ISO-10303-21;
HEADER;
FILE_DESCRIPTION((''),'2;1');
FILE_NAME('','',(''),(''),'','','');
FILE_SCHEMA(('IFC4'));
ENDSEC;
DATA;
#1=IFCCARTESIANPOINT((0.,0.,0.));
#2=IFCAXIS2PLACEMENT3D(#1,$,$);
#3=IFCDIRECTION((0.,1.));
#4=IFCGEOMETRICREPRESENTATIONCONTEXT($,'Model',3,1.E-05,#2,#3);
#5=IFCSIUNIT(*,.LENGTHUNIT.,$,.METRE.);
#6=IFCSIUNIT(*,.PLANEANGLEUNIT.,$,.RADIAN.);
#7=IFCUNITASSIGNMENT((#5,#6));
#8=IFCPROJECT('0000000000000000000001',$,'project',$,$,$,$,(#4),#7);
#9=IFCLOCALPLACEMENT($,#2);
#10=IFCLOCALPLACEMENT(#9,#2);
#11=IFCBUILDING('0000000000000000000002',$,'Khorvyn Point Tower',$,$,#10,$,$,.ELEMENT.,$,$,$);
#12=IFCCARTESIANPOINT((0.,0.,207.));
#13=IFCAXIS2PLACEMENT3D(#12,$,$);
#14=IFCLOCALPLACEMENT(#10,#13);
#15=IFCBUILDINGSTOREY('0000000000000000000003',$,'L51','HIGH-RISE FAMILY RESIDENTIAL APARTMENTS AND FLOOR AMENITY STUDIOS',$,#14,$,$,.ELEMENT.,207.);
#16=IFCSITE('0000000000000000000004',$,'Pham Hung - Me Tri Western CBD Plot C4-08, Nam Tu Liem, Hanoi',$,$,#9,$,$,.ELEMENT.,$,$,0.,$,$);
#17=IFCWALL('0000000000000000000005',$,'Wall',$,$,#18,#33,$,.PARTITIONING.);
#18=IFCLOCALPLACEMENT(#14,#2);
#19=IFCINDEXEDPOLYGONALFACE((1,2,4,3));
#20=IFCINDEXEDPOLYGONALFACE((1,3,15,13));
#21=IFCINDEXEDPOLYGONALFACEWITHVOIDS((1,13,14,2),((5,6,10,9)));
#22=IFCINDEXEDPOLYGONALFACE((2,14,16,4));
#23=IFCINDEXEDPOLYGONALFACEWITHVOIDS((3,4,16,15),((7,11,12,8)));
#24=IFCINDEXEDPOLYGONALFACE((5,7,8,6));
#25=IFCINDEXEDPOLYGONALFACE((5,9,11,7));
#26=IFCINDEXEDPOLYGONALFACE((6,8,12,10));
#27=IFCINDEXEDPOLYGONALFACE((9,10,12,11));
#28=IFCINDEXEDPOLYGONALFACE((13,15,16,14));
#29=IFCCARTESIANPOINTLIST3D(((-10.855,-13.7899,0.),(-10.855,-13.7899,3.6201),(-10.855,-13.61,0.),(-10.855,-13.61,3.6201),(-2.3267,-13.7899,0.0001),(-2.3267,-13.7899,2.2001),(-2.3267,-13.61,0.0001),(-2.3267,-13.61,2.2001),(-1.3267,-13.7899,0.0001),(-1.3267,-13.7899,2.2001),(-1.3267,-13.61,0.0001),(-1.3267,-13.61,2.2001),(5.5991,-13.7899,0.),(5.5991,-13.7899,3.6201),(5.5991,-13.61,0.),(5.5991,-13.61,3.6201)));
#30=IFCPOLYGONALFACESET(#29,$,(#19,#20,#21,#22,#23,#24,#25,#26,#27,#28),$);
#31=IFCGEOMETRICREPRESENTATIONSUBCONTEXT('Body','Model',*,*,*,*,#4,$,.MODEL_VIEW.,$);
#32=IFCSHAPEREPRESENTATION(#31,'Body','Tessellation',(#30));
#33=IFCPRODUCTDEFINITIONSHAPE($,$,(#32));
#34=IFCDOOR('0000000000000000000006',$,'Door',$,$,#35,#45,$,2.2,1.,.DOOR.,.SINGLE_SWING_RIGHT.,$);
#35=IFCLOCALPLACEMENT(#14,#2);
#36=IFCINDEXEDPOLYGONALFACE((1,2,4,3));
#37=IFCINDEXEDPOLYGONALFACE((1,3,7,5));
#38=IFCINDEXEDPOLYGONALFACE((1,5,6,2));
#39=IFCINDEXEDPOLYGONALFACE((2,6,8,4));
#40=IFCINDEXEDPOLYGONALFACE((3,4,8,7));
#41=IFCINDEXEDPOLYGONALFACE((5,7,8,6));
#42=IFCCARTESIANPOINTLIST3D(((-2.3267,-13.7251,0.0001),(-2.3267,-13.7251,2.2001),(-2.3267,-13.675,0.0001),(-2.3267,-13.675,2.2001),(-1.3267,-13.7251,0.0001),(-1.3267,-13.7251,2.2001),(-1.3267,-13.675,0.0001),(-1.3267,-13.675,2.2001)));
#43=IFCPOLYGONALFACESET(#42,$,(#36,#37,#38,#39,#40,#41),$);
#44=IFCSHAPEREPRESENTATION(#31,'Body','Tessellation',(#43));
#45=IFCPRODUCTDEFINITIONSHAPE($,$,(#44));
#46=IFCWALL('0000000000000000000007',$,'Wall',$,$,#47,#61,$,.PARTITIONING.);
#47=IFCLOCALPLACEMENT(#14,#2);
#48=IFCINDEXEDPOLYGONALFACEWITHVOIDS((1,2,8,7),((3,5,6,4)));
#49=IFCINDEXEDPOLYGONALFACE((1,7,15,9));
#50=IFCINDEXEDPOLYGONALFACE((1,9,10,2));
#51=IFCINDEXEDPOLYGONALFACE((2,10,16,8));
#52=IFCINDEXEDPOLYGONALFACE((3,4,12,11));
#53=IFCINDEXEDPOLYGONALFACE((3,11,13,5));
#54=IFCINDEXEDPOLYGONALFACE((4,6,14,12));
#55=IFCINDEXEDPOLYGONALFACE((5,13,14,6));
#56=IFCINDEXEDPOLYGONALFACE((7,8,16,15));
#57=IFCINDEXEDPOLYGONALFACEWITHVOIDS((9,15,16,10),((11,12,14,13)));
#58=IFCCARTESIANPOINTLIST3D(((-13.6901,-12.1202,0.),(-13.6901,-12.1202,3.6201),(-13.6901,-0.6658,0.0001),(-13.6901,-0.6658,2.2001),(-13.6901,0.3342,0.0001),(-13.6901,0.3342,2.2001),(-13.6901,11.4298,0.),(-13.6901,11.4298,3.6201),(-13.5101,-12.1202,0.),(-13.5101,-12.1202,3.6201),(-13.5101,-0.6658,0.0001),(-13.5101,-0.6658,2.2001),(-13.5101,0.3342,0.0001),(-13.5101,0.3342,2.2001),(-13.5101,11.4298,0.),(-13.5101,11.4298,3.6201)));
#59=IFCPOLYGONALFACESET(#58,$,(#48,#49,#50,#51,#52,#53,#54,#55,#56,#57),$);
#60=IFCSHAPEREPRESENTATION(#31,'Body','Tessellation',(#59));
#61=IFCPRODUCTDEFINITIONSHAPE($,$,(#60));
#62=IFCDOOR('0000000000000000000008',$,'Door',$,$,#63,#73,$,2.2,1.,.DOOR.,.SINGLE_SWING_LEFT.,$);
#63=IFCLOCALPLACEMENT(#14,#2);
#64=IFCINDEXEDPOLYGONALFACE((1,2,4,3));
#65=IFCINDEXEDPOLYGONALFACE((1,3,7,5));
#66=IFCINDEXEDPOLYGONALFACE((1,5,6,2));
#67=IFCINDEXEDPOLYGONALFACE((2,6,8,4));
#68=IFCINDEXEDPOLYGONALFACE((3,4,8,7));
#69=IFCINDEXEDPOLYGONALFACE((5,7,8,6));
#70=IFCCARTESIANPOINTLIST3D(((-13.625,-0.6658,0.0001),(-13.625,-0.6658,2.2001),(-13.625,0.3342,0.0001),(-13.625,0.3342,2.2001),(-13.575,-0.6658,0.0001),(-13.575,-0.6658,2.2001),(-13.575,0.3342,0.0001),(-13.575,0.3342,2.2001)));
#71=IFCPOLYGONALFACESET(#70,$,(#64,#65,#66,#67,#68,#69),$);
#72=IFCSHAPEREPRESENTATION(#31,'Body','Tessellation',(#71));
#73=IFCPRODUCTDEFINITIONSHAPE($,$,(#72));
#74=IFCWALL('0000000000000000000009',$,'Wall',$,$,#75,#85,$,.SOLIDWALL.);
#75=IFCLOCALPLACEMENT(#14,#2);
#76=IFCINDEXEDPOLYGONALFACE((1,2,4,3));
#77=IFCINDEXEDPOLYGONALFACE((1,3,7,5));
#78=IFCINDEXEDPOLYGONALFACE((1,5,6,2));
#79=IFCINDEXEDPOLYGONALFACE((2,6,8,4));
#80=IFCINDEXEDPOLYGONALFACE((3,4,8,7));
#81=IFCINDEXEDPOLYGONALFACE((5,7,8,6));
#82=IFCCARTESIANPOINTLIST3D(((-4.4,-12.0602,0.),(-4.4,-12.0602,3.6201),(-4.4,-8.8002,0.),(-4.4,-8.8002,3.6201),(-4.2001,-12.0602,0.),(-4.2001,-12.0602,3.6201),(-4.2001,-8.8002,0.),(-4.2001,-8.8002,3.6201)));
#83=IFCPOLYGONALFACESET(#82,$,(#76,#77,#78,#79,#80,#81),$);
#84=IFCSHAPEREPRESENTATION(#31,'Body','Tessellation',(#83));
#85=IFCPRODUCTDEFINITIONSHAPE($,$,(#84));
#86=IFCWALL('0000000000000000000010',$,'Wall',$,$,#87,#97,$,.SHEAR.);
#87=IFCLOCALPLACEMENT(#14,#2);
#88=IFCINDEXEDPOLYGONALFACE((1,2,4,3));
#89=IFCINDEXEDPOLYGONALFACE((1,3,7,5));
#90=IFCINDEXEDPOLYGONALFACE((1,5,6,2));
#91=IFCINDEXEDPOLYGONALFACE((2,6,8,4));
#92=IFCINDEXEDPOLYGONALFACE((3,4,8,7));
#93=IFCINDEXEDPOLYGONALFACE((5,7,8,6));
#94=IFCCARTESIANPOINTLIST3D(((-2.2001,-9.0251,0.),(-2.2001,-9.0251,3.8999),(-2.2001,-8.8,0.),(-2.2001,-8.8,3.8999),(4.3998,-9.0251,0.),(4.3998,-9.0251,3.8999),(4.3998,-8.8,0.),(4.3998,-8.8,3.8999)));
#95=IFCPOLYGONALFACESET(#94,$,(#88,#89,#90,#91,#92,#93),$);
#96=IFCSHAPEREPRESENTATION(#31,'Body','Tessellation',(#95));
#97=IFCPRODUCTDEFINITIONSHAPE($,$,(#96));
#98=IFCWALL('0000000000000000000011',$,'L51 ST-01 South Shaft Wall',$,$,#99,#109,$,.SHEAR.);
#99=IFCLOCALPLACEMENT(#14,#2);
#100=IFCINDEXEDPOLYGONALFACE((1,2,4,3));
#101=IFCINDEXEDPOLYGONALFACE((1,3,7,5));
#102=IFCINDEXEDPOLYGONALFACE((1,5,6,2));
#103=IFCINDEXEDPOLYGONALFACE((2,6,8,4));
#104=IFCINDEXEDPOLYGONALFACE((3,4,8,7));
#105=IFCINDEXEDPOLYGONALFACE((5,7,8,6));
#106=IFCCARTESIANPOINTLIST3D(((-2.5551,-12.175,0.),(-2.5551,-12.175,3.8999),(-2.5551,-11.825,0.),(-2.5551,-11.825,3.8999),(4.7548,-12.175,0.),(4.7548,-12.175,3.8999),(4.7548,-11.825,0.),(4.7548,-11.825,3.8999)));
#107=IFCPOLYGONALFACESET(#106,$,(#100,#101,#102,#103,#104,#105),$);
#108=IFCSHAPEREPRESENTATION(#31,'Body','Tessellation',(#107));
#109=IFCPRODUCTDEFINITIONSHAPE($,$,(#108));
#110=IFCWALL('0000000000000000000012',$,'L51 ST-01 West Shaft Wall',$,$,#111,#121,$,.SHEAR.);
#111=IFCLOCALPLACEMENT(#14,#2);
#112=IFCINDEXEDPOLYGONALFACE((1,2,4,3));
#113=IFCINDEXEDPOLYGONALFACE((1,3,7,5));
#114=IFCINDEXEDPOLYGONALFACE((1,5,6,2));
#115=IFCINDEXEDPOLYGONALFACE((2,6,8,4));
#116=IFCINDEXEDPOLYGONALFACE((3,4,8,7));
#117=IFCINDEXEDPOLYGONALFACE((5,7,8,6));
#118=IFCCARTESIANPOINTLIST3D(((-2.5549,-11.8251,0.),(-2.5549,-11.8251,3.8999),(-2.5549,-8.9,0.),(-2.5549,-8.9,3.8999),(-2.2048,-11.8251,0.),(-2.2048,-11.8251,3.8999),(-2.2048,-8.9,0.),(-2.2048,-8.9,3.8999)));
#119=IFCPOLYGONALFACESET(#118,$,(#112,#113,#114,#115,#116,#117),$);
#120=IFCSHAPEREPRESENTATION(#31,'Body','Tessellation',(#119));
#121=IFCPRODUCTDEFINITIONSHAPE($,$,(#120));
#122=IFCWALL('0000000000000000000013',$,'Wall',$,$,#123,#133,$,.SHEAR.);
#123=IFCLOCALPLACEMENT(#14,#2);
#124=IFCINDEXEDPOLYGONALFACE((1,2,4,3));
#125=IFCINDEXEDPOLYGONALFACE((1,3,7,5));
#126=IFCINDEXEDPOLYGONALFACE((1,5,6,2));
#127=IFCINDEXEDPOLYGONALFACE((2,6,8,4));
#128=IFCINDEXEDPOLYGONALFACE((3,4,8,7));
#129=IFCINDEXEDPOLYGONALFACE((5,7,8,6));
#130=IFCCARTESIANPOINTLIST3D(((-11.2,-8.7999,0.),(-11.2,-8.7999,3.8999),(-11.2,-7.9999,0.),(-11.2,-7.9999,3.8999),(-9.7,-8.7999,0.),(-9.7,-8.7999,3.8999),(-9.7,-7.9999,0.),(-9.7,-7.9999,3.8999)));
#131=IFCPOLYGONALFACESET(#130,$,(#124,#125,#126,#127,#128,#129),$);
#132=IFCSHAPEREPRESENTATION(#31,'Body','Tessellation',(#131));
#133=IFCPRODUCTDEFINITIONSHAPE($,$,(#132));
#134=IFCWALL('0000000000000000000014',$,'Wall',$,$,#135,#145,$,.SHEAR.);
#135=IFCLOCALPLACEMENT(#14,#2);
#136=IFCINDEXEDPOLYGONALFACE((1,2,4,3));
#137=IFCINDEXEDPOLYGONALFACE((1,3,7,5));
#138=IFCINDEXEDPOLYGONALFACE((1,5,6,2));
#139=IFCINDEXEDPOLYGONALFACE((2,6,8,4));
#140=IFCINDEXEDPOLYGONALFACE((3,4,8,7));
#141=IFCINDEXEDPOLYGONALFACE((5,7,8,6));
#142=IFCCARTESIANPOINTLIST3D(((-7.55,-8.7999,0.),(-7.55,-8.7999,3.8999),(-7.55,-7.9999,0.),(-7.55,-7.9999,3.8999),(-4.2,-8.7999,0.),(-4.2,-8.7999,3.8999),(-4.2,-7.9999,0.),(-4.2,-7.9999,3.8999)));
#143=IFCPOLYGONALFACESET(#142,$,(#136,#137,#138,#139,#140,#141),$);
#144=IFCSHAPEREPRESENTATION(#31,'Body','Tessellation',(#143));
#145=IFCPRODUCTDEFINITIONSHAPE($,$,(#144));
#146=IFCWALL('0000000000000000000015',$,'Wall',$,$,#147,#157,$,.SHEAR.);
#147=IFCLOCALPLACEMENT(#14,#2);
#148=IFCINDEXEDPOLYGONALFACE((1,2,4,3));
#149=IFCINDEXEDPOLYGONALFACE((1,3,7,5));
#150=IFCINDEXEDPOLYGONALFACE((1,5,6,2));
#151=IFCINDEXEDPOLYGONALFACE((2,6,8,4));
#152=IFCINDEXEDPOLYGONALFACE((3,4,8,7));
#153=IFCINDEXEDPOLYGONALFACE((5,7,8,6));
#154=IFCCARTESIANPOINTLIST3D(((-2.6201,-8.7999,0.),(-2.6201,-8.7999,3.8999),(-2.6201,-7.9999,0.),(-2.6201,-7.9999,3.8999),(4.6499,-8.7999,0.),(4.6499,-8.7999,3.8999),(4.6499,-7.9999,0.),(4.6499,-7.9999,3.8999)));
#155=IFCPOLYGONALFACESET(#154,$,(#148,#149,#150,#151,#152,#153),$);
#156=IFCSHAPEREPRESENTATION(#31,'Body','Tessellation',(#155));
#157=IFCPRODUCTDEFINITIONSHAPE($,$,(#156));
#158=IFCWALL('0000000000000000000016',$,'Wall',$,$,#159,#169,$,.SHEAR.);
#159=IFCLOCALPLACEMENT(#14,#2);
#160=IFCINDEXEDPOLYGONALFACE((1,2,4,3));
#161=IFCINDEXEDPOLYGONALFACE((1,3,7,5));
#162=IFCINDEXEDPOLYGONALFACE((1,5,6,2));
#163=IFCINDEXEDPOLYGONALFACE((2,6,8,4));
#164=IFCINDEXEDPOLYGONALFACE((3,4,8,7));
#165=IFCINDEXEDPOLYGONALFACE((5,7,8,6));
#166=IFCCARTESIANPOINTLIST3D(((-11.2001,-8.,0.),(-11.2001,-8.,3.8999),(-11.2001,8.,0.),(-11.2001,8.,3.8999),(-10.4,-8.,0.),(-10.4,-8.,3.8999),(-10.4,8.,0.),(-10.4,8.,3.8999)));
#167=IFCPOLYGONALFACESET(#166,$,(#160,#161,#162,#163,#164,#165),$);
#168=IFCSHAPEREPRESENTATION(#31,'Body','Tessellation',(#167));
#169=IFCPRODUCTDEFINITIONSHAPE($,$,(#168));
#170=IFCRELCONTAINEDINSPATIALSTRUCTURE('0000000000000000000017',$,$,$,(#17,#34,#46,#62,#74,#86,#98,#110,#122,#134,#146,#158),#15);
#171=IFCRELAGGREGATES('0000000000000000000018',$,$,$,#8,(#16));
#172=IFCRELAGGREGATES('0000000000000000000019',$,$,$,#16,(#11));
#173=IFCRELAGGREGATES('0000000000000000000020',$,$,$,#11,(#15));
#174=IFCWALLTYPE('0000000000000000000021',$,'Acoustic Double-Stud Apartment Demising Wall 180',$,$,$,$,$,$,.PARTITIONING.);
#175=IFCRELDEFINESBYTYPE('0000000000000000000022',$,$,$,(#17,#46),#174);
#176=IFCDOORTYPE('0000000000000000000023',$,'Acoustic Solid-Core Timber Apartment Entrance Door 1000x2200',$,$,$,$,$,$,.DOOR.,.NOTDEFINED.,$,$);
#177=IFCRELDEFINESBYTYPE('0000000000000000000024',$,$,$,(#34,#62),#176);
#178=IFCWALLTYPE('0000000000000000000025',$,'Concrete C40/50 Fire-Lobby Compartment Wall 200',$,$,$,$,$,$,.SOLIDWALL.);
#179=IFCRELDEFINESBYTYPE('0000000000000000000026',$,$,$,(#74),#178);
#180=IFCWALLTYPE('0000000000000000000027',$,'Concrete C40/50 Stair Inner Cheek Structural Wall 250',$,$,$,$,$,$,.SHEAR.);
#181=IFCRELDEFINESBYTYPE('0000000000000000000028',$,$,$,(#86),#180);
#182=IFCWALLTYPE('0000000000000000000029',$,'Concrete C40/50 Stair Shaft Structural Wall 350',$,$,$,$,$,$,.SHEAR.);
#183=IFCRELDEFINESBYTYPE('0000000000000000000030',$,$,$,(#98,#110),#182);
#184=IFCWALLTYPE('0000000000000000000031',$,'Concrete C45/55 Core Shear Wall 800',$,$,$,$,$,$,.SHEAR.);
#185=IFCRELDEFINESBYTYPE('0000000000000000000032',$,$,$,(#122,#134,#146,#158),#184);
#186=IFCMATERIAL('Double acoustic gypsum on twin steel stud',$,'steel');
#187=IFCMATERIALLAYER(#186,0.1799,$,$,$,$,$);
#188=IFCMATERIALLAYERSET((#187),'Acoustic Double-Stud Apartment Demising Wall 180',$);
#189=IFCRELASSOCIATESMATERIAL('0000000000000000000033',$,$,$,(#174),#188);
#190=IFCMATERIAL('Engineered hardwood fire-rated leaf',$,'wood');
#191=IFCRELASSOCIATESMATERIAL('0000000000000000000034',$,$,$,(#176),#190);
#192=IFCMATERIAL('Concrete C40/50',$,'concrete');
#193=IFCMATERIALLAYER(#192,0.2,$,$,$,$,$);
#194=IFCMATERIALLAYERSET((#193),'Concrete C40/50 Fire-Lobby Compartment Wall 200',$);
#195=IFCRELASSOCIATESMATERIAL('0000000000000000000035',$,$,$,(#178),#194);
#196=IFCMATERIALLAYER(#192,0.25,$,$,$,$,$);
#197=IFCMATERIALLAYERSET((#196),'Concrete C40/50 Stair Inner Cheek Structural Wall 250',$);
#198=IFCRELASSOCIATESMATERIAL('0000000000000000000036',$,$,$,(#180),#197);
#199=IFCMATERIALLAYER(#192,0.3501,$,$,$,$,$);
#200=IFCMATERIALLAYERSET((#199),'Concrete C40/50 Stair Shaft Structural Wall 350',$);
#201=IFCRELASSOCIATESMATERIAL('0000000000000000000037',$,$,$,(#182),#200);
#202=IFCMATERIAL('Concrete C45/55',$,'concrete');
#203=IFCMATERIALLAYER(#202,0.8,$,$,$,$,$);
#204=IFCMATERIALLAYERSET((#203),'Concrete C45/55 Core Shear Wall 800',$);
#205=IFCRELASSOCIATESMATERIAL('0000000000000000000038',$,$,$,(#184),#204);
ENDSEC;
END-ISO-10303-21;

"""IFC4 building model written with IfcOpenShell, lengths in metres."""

from ifc_helpers import new_model, si_unit, direction, frame, frame_2d, origin, place, context, subcontext, project, spatial, rectangle, extrude, material, layer, layer_set, type_object, element, fill, save


model = new_model("IFC4")

# Units and contexts
model_context = context("Model", 3, precision=1e-05, world=origin(), true_north=direction((0.0, 1.0)))
body_context = subcontext(model_context, "Body", "Model", "MODEL_VIEW")
ifc_project = project(units=[si_unit("LENGTHUNIT", "METRE"), si_unit("PLANEANGLEUNIT", "RADIAN")], contexts=[model_context])

# Site, building, storey
site_placement = place(None, origin())
site = spatial("IfcSite", under=ifc_project, at=site_placement, Name="Pham Hung - Me Tri Western CBD Plot C4-08, Nam Tu Liem, Hanoi", CompositionType="ELEMENT", RefElevation=0.0)
building_placement = place(site_placement, origin())
building = spatial("IfcBuilding", under=site, at=building_placement, Name="Khorvyn Point Tower", CompositionType="ELEMENT")
storey_placement = place(building_placement, frame((0.0, 0.0, 207.0)))
storey = spatial("IfcBuildingStorey", under=building, at=storey_placement, Name="L51", Description="HIGH-RISE FAMILY RESIDENTIAL APARTMENTS AND FLOOR AMENITY STUDIOS", CompositionType="ELEMENT", Elevation=207.0)

# Shared definitions
ifc_material_1 = material(Name="Concrete C45/55", Category="concrete")

# Walls, openings, doors
ifc_material_2 = material(Name="Double acoustic gypsum on twin steel stud", Category="steel")
ifc_layer_1 = layer(ifc_material_2, 0.1799)
ifc_layer_set_1 = layer_set([ifc_layer_1], Name="Acoustic Double-Stud Apartment Demising Wall 180")
wall_type_1 = type_object("IfcWallType", Name="Acoustic Double-Stud Apartment Demising Wall 180", PredefinedType="PARTITIONING", material=ifc_layer_set_1)
wall_1_placement = place(storey_placement, frame((-10.855, -13.7, 0.0), z_axis=(0.0, 0.0, 1.0), x_axis=(1.0, 0.0, 0.0)))
wall_1 = element("IfcWall", 1, at=wall_1_placement, inside=storey, type_object=wall_type_1, Name="Wall", PredefinedType="PARTITIONING", context=body_context, shape_type="SweptSolid", body=[
    extrude(rectangle(XDim=16.4541, YDim=0.1799, at=frame_2d((8.2271, 0.0))), origin(), (0.0, 0.0, 1.0), 3.6201),
])
opening_1_placement = place(wall_1_placement, frame((8.5283, 0.0, 0.0)))
opening_1 = element("IfcOpeningElement", 2, at=opening_1_placement, cuts=wall_1, PredefinedType="OPENING", context=body_context, shape_type="SweptSolid", body=[
    extrude(rectangle(XDim=1.0, YDim=2.2, at=frame_2d((0.5, 1.1001))), frame((0.0, 0.0999, 0.0), z_axis=(0.0, -1.0, 0.0), x_axis=(1.0, 0.0, 0.0)), (0.0, 0.0, 1.0), 0.2),
])
ifc_material_3 = material(Name="Engineered hardwood fire-rated leaf", Category="wood")
door_type_1 = type_object("IfcDoorType", Name="Acoustic Solid-Core Timber Apartment Entrance Door 1000x2200", OperationType="NOTDEFINED", PredefinedType="DOOR", material=ifc_material_3)
door_1_placement = place(opening_1_placement, origin())
door_1 = element("IfcDoor", 3, at=door_1_placement, inside=storey, type_object=door_type_1, Name="Door", OperationType="SINGLE_SWING_RIGHT", OverallHeight=2.2, OverallWidth=1.0, PredefinedType="DOOR", context=body_context, shape_type="SweptSolid", body=[
    extrude(rectangle(XDim=1.0, YDim=2.2, at=frame_2d((0.5, 1.1001))), frame((0.0, 0.0249, 0.0), z_axis=(0.0, -1.0, 0.0), x_axis=(1.0, 0.0, 0.0)), (0.0, 0.0, 1.0), 0.05),
])
fill(opening_1, door_1)
wall_2_placement = place(storey_placement, frame((-13.6001, -12.1201, 0.0), z_axis=(0.0, 0.0, 1.0), x_axis=(0.0, 1.0, 0.0)))
wall_2 = element("IfcWall", 4, at=wall_2_placement, inside=storey, type_object=wall_type_1, Name="Wall", PredefinedType="PARTITIONING", context=body_context, shape_type="SweptSolid", body=[
    extrude(rectangle(XDim=23.55, YDim=0.1799, at=frame_2d((11.7749, 0.0))), origin(), (0.0, 0.0, 1.0), 3.6201),
])
opening_2_placement = place(wall_2_placement, frame((11.4543, 0.0, 0.0)))
opening_2 = element("IfcOpeningElement", 5, at=opening_2_placement, cuts=wall_2, PredefinedType="OPENING", context=body_context, shape_type="SweptSolid", body=[
    extrude(rectangle(XDim=1.0, YDim=2.2, at=frame_2d((0.5, 1.1001))), frame((0.0, 0.0999, 0.0), z_axis=(0.0, -1.0, 0.0), x_axis=(1.0, 0.0, 0.0)), (0.0, 0.0, 1.0), 0.2),
])
door_2_placement = place(opening_2_placement, origin())
door_2 = element("IfcDoor", 6, at=door_2_placement, inside=storey, type_object=door_type_1, Name="Door", OperationType="SINGLE_SWING_LEFT", OverallHeight=2.2, OverallWidth=1.0, PredefinedType="DOOR", context=body_context, shape_type="SweptSolid", body=[
    extrude(rectangle(XDim=1.0, YDim=2.2, at=frame_2d((0.5, 1.1001))), frame((0.0, 0.0249, 0.0), z_axis=(0.0, -1.0, 0.0), x_axis=(1.0, 0.0, 0.0)), (0.0, 0.0, 1.0), 0.05),
])
fill(opening_2, door_2)
ifc_material_4 = material(Name="Concrete C40/50", Category="concrete")
ifc_layer_2 = layer(ifc_material_4, 0.2)
ifc_layer_set_2 = layer_set([ifc_layer_2], Name="Concrete C40/50 Fire-Lobby Compartment Wall 200")
wall_type_2 = type_object("IfcWallType", Name="Concrete C40/50 Fire-Lobby Compartment Wall 200", PredefinedType="SOLIDWALL", material=ifc_layer_set_2)

# Walls
wall_3_placement = place(storey_placement, frame((-4.3, -12.0601, 0.0), z_axis=(0.0, 0.0, 1.0), x_axis=(0.0, 1.0, 0.0)))
element("IfcWall", 7, at=wall_3_placement, inside=storey, type_object=wall_type_2, Name="Wall", PredefinedType="SOLIDWALL", context=body_context, shape_type="SweptSolid", body=[
    extrude(rectangle(XDim=3.26, YDim=0.2, at=frame_2d((1.6299, 0.0))), origin(), (0.0, 0.0, 1.0), 3.6201),
])
ifc_layer_3 = layer(ifc_material_4, 0.25)
ifc_layer_set_3 = layer_set([ifc_layer_3], Name="Concrete C40/50 Stair Inner Cheek Structural Wall 250")
wall_type_3 = type_object("IfcWallType", Name="Concrete C40/50 Stair Inner Cheek Structural Wall 250", PredefinedType="SHEAR", material=ifc_layer_set_3)
wall_4_placement = place(storey_placement, frame((-2.2, -8.9126, 0.0), z_axis=(0.0, 0.0, 1.0), x_axis=(1.0, 0.0, 0.0)))
element("IfcWall", 8, at=wall_4_placement, inside=storey, type_object=wall_type_3, Name="Wall", PredefinedType="SHEAR", context=body_context, shape_type="SweptSolid", body=[
    extrude(rectangle(XDim=6.5999, YDim=0.2251, at=frame_2d((3.2998, 0.0))), origin(), (0.0, 0.0, 1.0), 3.8999),
])
ifc_layer_4 = layer(ifc_material_4, 0.3501)
ifc_layer_set_4 = layer_set([ifc_layer_4], Name="Concrete C40/50 Stair Shaft Structural Wall 350")
wall_type_4 = type_object("IfcWallType", Name="Concrete C40/50 Stair Shaft Structural Wall 350", PredefinedType="SHEAR", material=ifc_layer_set_4)
wall_5_placement = place(storey_placement, frame((-2.5549, -12.0, 0.0), z_axis=(0.0, 0.0, 1.0), x_axis=(1.0, 0.0, 0.0)))
element("IfcWall", 9, at=wall_5_placement, inside=storey, type_object=wall_type_4, Name="L51 ST-01 South Shaft Wall", PredefinedType="SHEAR", context=body_context, shape_type="SweptSolid", body=[
    extrude(rectangle(XDim=7.3098, YDim=0.3501, at=frame_2d((3.6548, 0.0))), origin(), (0.0, 0.0, 1.0), 3.8999),
])
wall_6_placement = place(storey_placement, frame((-2.3799, -11.825, 0.0), z_axis=(0.0, 0.0, 1.0), x_axis=(0.0, 1.0, 0.0)))
element("IfcWall", 10, at=wall_6_placement, inside=storey, type_object=wall_type_4, Name="L51 ST-01 West Shaft Wall", PredefinedType="SHEAR", context=body_context, shape_type="SweptSolid", body=[
    extrude(rectangle(XDim=2.925, YDim=0.3501, at=frame_2d((1.4624, 0.0))), origin(), (0.0, 0.0, 1.0), 3.8999),
])
ifc_layer_5 = layer(ifc_material_1, 0.8)
ifc_layer_set_5 = layer_set([ifc_layer_5], Name="Concrete C45/55 Core Shear Wall 800")
wall_type_5 = type_object("IfcWallType", Name="Concrete C45/55 Core Shear Wall 800", PredefinedType="SHEAR", material=ifc_layer_set_5)
wall_7_placement = place(storey_placement, frame((-11.2, -8.3999, 0.0), z_axis=(0.0, 0.0, 1.0), x_axis=(1.0, 0.0, 0.0)))
element("IfcWall", 11, at=wall_7_placement, inside=storey, type_object=wall_type_5, Name="Wall", PredefinedType="SHEAR", context=body_context, shape_type="SweptSolid", body=[
    extrude(rectangle(XDim=1.5, YDim=0.8, at=frame_2d((0.75, 0.0))), origin(), (0.0, 0.0, 1.0), 3.8999),
])
wall_8_placement = place(storey_placement, frame((-7.55, -8.3999, 0.0), z_axis=(0.0, 0.0, 1.0), x_axis=(1.0, 0.0, 0.0)))
element("IfcWall", 12, at=wall_8_placement, inside=storey, type_object=wall_type_5, Name="Wall", PredefinedType="SHEAR", context=body_context, shape_type="SweptSolid", body=[
    extrude(rectangle(XDim=3.3501, YDim=0.8, at=frame_2d((1.675, 0.0))), origin(), (0.0, 0.0, 1.0), 3.8999),
])
wall_9_placement = place(storey_placement, frame((-2.6201, -8.3999, 0.0), z_axis=(0.0, 0.0, 1.0), x_axis=(1.0, 0.0, 0.0)))
element("IfcWall", 13, at=wall_9_placement, inside=storey, type_object=wall_type_5, Name="Wall", PredefinedType="SHEAR", context=body_context, shape_type="SweptSolid", body=[
    extrude(rectangle(XDim=7.27, YDim=0.8, at=frame_2d((3.635, 0.0))), origin(), (0.0, 0.0, 1.0), 3.8999),
])
wall_10_placement = place(storey_placement, frame((-10.8, -8.0, 0.0), z_axis=(0.0, 0.0, 1.0), x_axis=(0.0, 1.0, 0.0)))
element("IfcWall", 14, at=wall_10_placement, inside=storey, type_object=wall_type_5, Name="Wall", PredefinedType="SHEAR", context=body_context, shape_type="SweptSolid", body=[
    extrude(rectangle(XDim=16.0, YDim=0.8, at=frame_2d((8.0, 0.0))), origin(), (0.0, 0.0, 1.0), 3.8999),
])

save(model, "model.ifc")
